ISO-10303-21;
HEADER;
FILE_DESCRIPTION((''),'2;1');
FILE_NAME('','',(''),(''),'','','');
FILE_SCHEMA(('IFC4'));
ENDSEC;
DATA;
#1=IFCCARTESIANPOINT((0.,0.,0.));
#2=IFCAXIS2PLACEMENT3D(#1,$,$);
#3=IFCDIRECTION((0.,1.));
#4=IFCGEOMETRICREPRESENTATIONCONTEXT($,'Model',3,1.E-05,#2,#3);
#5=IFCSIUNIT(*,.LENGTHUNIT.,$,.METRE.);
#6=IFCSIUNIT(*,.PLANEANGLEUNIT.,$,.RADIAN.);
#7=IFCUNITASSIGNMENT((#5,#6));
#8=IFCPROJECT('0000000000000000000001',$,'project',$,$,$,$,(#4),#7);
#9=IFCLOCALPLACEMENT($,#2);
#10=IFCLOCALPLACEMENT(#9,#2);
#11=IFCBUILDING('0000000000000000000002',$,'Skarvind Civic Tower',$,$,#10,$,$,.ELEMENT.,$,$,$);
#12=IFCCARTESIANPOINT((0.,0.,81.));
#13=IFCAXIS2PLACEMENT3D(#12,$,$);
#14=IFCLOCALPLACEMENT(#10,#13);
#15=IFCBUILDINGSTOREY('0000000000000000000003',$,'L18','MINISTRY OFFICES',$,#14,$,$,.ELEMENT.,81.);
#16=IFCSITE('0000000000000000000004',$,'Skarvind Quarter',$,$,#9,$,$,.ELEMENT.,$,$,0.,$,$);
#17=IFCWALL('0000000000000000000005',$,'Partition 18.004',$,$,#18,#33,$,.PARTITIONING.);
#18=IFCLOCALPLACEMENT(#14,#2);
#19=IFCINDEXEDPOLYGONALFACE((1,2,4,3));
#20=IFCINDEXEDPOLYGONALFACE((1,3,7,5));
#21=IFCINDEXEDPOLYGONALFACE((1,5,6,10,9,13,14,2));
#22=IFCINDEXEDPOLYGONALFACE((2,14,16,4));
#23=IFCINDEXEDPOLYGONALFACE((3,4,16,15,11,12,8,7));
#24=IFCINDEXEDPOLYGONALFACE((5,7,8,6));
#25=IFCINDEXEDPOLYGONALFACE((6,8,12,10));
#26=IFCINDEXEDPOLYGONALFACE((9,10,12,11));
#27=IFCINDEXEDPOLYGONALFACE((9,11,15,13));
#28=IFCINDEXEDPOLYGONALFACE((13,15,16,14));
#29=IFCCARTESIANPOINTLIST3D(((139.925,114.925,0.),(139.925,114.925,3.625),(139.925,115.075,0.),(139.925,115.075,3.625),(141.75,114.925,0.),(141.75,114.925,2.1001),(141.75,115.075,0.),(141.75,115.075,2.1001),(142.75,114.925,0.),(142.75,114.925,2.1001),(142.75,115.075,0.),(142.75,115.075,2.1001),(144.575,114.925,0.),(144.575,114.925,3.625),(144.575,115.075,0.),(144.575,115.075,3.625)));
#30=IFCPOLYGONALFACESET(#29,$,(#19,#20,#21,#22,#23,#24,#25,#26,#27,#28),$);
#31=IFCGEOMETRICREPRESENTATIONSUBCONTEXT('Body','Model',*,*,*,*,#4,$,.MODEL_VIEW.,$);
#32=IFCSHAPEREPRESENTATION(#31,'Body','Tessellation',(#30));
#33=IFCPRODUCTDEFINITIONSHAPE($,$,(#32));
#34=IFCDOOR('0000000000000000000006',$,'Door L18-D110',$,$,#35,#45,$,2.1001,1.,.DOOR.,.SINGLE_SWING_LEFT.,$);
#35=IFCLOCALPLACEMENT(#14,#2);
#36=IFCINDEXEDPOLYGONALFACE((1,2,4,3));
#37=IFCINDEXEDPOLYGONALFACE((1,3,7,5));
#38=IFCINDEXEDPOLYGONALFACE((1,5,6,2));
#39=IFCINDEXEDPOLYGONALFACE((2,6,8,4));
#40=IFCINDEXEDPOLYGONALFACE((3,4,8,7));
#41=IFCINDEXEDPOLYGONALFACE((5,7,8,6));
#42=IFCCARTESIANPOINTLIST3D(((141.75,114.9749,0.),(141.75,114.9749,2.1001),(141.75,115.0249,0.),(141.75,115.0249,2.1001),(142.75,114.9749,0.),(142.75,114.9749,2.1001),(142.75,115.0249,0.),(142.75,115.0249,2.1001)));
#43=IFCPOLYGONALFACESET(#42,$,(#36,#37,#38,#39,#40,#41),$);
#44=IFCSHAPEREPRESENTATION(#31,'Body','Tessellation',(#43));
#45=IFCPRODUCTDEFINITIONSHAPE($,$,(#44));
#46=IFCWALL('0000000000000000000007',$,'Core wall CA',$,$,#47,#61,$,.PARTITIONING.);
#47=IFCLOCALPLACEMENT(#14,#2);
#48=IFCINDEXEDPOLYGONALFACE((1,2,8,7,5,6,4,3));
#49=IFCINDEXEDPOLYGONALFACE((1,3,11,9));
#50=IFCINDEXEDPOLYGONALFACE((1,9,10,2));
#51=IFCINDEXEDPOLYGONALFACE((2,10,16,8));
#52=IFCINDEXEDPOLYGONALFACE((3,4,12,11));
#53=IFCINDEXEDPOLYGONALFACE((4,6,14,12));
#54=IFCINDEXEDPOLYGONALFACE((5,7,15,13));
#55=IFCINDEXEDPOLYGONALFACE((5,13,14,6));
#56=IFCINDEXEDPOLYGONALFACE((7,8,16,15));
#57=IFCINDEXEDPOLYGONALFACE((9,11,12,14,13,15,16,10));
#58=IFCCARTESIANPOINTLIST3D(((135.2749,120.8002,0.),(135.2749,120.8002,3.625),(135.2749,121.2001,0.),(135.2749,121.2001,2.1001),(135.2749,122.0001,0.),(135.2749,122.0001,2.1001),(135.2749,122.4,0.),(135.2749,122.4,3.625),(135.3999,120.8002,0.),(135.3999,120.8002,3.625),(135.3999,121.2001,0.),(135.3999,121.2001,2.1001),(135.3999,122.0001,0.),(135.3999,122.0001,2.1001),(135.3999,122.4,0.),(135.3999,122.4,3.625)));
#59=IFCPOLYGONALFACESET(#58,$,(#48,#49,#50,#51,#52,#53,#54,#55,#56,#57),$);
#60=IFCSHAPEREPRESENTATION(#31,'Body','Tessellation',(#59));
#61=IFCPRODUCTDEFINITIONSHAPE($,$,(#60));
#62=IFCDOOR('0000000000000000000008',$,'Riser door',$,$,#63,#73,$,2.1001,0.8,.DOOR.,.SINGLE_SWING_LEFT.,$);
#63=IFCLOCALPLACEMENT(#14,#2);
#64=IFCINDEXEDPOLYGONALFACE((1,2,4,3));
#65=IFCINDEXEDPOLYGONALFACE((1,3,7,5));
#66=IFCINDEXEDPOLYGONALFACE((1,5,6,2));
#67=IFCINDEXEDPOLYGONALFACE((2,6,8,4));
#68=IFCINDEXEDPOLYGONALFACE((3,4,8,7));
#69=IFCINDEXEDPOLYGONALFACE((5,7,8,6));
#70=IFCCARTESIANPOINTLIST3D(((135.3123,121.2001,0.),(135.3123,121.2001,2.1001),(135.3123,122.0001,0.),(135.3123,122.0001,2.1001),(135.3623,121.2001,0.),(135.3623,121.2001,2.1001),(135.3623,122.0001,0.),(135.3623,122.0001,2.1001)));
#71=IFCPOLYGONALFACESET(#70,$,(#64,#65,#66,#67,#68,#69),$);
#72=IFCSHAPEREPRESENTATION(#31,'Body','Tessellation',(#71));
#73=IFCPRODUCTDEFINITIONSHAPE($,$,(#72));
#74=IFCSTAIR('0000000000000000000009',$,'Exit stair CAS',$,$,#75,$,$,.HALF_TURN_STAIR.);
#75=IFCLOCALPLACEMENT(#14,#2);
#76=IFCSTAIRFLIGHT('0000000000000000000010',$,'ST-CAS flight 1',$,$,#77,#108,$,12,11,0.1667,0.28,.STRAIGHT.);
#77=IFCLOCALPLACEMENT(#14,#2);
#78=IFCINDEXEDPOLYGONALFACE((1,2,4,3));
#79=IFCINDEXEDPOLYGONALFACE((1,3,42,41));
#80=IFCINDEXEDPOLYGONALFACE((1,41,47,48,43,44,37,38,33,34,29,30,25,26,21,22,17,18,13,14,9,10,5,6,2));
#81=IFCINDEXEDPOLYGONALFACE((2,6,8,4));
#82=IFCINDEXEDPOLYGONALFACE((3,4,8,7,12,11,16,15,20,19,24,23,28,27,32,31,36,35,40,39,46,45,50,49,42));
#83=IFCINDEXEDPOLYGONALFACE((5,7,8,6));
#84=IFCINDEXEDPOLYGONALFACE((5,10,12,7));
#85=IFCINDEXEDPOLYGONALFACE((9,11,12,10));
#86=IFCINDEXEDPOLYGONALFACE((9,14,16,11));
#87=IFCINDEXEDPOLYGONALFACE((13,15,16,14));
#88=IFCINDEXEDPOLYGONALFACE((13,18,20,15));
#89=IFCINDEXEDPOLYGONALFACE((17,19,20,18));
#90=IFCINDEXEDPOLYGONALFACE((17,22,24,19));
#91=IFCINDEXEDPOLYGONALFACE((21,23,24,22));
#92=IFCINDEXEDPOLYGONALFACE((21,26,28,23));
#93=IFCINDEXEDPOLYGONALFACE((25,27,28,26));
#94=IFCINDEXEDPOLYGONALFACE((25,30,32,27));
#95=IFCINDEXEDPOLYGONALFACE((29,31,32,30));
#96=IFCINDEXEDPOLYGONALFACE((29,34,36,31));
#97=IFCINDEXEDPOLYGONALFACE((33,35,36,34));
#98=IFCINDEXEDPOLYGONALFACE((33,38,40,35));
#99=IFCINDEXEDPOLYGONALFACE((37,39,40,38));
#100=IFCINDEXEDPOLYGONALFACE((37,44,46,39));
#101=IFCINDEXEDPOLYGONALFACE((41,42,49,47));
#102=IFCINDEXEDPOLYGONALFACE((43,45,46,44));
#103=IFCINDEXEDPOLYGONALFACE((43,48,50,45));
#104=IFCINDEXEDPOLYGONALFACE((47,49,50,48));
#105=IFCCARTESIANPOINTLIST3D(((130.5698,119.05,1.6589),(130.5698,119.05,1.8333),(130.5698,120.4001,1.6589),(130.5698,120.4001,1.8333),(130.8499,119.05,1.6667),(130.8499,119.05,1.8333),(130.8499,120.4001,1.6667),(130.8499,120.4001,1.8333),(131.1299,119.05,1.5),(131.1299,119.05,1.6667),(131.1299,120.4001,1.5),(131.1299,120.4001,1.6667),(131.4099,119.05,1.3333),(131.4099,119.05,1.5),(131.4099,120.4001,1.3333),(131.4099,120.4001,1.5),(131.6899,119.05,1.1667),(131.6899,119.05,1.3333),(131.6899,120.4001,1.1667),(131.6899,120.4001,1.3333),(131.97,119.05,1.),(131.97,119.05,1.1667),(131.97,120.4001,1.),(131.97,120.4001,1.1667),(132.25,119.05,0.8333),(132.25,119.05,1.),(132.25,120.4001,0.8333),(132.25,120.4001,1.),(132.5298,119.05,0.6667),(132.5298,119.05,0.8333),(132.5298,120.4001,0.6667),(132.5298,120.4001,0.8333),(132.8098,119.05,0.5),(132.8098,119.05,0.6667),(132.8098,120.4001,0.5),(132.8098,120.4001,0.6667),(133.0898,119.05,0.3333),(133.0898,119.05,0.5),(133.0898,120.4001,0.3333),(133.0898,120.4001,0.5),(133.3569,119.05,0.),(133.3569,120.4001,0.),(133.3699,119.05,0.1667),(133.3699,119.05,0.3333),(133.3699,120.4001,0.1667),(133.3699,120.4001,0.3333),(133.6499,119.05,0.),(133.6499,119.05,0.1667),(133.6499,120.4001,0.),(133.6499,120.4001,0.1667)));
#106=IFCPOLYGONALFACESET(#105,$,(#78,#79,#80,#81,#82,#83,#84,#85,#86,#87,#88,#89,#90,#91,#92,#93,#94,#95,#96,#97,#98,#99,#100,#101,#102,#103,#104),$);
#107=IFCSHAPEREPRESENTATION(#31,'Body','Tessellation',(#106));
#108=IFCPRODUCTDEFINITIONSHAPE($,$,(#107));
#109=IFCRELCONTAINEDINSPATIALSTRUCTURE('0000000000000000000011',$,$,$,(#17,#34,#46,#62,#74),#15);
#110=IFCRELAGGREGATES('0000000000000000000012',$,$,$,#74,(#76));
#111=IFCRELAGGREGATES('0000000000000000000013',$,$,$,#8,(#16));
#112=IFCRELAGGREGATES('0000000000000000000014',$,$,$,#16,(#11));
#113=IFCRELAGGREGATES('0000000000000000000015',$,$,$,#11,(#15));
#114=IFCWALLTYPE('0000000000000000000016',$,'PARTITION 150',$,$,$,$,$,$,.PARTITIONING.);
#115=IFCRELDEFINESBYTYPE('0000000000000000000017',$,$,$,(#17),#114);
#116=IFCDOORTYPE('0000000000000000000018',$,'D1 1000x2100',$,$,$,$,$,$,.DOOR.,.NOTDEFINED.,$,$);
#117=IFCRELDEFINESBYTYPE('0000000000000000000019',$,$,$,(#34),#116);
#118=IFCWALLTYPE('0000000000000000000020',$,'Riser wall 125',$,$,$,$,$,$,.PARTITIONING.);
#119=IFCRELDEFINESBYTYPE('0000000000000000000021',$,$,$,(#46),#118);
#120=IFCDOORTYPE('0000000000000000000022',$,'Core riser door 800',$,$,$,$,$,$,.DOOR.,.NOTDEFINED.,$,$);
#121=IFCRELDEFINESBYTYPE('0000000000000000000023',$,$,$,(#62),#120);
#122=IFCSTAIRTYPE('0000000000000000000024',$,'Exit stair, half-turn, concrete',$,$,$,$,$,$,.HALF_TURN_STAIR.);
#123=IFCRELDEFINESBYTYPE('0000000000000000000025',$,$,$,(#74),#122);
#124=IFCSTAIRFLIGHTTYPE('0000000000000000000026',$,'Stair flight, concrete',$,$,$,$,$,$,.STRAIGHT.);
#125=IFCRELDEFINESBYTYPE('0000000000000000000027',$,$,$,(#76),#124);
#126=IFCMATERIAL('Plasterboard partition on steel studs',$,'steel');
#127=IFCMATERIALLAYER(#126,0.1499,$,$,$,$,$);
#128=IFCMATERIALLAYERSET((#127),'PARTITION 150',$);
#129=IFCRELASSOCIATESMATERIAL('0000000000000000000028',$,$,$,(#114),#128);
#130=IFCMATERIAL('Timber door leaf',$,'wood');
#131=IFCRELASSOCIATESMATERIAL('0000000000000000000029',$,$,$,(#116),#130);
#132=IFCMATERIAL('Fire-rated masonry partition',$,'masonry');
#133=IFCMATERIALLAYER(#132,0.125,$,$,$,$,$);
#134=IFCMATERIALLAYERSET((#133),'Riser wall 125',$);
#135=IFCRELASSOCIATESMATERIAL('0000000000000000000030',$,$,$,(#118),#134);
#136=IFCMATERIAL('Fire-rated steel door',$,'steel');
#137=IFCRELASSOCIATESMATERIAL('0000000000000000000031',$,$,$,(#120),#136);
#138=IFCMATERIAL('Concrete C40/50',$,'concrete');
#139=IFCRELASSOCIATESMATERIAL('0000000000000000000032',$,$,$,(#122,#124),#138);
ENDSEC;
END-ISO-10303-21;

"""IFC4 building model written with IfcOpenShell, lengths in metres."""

from ifc_helpers import new_model, si_unit, direction, frame, frame_2d, origin, place, context, subcontext, project, spatial, polyline, rectangle, outline, extrude, material, layer, layer_set, type_object, element, fill, aggregate, save


model = new_model("IFC4")

# Units and contexts
model_context = context("Model", 3, precision=1e-05, world=origin(), true_north=direction((0.0, 1.0)))
body_context = subcontext(model_context, "Body", "Model", "MODEL_VIEW")
ifc_project = project(units=[si_unit("LENGTHUNIT", "METRE"), si_unit("PLANEANGLEUNIT", "RADIAN")], contexts=[model_context])

# Site, building, storey
site_placement = place(None, origin())
site = spatial("IfcSite", under=ifc_project, at=site_placement, Name="Skarvind Quarter", CompositionType="ELEMENT", RefElevation=0.0)
building_placement = place(site_placement, origin())
building = spatial("IfcBuilding", under=site, at=building_placement, Name="Skarvind Civic Tower", CompositionType="ELEMENT")
storey_placement = place(building_placement, frame((0.0, 0.0, 81.0)))
storey = spatial("IfcBuildingStorey", under=building, at=storey_placement, Name="L18", Description="MINISTRY OFFICES", CompositionType="ELEMENT", Elevation=81.0)

# Shared definitions
ifc_material_1 = material(Name="Timber door leaf", Category="wood")
ifc_material_2 = material(Name="Fire-rated masonry partition", Category="masonry")
ifc_material_3 = material(Name="Fire-rated steel door", Category="steel")

# Walls, openings, doors
ifc_material_4 = material(Name="Plasterboard partition on steel studs", Category="steel")
ifc_layer_1 = layer(ifc_material_4, 0.1499)
ifc_layer_set_1 = layer_set([ifc_layer_1], Name="PARTITION 150")
wall_type_1 = type_object("IfcWallType", Name="PARTITION 150", PredefinedType="PARTITIONING", material=ifc_layer_set_1)
wall_1_placement = place(storey_placement, frame((139.925, 115.0, 0.0), z_axis=(0.0, 0.0, 1.0), x_axis=(1.0, 0.0, 0.0)))
wall_1 = element("IfcWall", 1, at=wall_1_placement, inside=storey, type_object=wall_type_1, Name="Partition 18.004", PredefinedType="PARTITIONING", context=body_context, shape_type="SweptSolid", body=[
    extrude(rectangle(XDim=4.6499, YDim=0.1499, at=frame_2d((2.325, 0.0))), origin(), (0.0, 0.0, 1.0), 3.625),
])
opening_1_placement = place(wall_1_placement, frame((1.825, 0.0, 0.0)))
opening_1 = element("IfcOpeningElement", 2, at=opening_1_placement, cuts=wall_1, PredefinedType="OPENING", context=body_context, shape_type="SweptSolid", body=[
    extrude(rectangle(XDim=1.0, YDim=2.1001, at=frame_2d((0.5, 1.05))), frame((0.0, 0.085, 0.0), z_axis=(0.0, -1.0, 0.0), x_axis=(1.0, 0.0, 0.0)), (0.0, 0.0, 1.0), 0.1699),
])
door_type_1 = type_object("IfcDoorType", Name="D1 1000x2100", OperationType="NOTDEFINED", PredefinedType="DOOR", material=ifc_material_1)
door_1_placement = place(opening_1_placement, origin())
door_1 = element("IfcDoor", 3, at=door_1_placement, inside=storey, type_object=door_type_1, Name="Door L18-D110", OperationType="SINGLE_SWING_LEFT", OverallHeight=2.1001, OverallWidth=1.0, PredefinedType="DOOR", context=body_context, shape_type="SweptSolid", body=[
    extrude(rectangle(XDim=1.0, YDim=2.1001, at=frame_2d((0.5, 1.05))), frame((0.0, 0.0249, 0.0), z_axis=(0.0, -1.0, 0.0), x_axis=(1.0, 0.0, 0.0)), (0.0, 0.0, 1.0), 0.05),
])
fill(opening_1, door_1)
ifc_layer_2 = layer(ifc_material_2, 0.125)
ifc_layer_set_2 = layer_set([ifc_layer_2], Name="Riser wall 125")
wall_type_2 = type_object("IfcWallType", Name="Riser wall 125", PredefinedType="PARTITIONING", material=ifc_layer_set_2)
wall_2_placement = place(storey_placement, frame((135.3374, 122.3999, 0.0), z_axis=(0.0, 0.0, 1.0), x_axis=(0.0, -1.0, 0.0)))
wall_2 = element("IfcWall", 4, at=wall_2_placement, inside=storey, type_object=wall_type_2, Name="Core wall CA", PredefinedType="PARTITIONING", context=body_context, shape_type="SweptSolid", body=[
    extrude(rectangle(XDim=1.5999, YDim=0.125, at=frame_2d((0.7998, 0.0))), origin(), (0.0, 0.0, 1.0), 3.625),
])
opening_2_placement = place(wall_2_placement, frame((0.3999, 0.0, 0.0)))
opening_2 = element("IfcOpeningElement", 5, at=opening_2_placement, cuts=wall_2, PredefinedType="OPENING", context=body_context, shape_type="SweptSolid", body=[
    extrude(rectangle(XDim=0.8, YDim=2.1001, at=frame_2d((0.3999, 1.05))), frame((0.0, 0.0725, 0.0), z_axis=(0.0, -1.0, 0.0), x_axis=(1.0, 0.0, 0.0)), (0.0, 0.0, 1.0), 0.145),
])
door_type_2 = type_object("IfcDoorType", Name="Core riser door 800", OperationType="NOTDEFINED", PredefinedType="DOOR", material=ifc_material_3)
door_2_placement = place(opening_2_placement, origin())
door_2 = element("IfcDoor", 6, at=door_2_placement, inside=storey, type_object=door_type_2, Name="Riser door", OperationType="SINGLE_SWING_LEFT", OverallHeight=2.1001, OverallWidth=0.8, PredefinedType="DOOR", context=body_context, shape_type="SweptSolid", body=[
    extrude(rectangle(XDim=0.8, YDim=2.1001, at=frame_2d((0.3999, 1.05))), frame((0.0, 0.0249, 0.0), z_axis=(0.0, -1.0, 0.0), x_axis=(1.0, 0.0, 0.0)), (0.0, 0.0, 1.0), 0.05),
])
fill(opening_2, door_2)

# Stair, stair flight
ifc_material_5 = material(Name="Concrete C40/50", Category="concrete")
stair_type = type_object("IfcStairType", Name="Exit stair, half-turn, concrete", PredefinedType="HALF_TURN_STAIR", material=ifc_material_5)
stair_placement = place(storey_placement, origin())
stair = element("IfcStair", 7, at=stair_placement, inside=storey, type_object=stair_type, Name="Exit stair CAS", PredefinedType="HALF_TURN_STAIR")
stair_flight_type = type_object("IfcStairFlightType", Name="Stair flight, concrete", PredefinedType="STRAIGHT", material=ifc_material_5)
stair_flight_placement = place(storey_placement, frame((133.6499, 119.7251, 0.0), z_axis=(0.0, 0.0, 1.0), x_axis=(-1.0, 0.0, 0.0)))
stair_flight = element("IfcStairFlight", 8, at=stair_flight_placement, type_object=stair_flight_type, Name="ST-CAS flight 1", NumberOfRisers=12, NumberOfTreads=11, PredefinedType="STRAIGHT", RiserHeight=0.1667, TreadLength=0.28, context=body_context, shape_type="SweptSolid", body=[
    extrude(outline(polyline([(0.0, 0.0), (0.0, 0.1667), (0.28, 0.1667), (0.28, 0.3333), (0.5601, 0.3333), (0.5601, 0.5), (0.8401, 0.5), (0.8401, 0.6667), (1.1201, 0.6667), (1.1201, 0.8333), (1.3999, 0.8333), (1.3999, 1.0), (1.6799, 1.0), (1.6799, 1.1667), (1.96, 1.1667), (1.96, 1.3333), (2.24, 1.3333), (2.24, 1.5), (2.52, 1.5), (2.52, 1.6667), (2.8, 1.6667), (2.8, 1.8333), (3.0801, 1.8333), (3.0801, 2.0), (3.0801, 1.6589), (0.293, 0.0), (0.0, 0.0)])), frame((0.0, 0.675, 0.0), z_axis=(0.0, -1.0, 0.0), x_axis=(1.0, 0.0, 0.0)), (0.0, 0.0, 1.0), 1.3501),
])
aggregate(stair, [stair_flight])

save(model, "model.ifc")
